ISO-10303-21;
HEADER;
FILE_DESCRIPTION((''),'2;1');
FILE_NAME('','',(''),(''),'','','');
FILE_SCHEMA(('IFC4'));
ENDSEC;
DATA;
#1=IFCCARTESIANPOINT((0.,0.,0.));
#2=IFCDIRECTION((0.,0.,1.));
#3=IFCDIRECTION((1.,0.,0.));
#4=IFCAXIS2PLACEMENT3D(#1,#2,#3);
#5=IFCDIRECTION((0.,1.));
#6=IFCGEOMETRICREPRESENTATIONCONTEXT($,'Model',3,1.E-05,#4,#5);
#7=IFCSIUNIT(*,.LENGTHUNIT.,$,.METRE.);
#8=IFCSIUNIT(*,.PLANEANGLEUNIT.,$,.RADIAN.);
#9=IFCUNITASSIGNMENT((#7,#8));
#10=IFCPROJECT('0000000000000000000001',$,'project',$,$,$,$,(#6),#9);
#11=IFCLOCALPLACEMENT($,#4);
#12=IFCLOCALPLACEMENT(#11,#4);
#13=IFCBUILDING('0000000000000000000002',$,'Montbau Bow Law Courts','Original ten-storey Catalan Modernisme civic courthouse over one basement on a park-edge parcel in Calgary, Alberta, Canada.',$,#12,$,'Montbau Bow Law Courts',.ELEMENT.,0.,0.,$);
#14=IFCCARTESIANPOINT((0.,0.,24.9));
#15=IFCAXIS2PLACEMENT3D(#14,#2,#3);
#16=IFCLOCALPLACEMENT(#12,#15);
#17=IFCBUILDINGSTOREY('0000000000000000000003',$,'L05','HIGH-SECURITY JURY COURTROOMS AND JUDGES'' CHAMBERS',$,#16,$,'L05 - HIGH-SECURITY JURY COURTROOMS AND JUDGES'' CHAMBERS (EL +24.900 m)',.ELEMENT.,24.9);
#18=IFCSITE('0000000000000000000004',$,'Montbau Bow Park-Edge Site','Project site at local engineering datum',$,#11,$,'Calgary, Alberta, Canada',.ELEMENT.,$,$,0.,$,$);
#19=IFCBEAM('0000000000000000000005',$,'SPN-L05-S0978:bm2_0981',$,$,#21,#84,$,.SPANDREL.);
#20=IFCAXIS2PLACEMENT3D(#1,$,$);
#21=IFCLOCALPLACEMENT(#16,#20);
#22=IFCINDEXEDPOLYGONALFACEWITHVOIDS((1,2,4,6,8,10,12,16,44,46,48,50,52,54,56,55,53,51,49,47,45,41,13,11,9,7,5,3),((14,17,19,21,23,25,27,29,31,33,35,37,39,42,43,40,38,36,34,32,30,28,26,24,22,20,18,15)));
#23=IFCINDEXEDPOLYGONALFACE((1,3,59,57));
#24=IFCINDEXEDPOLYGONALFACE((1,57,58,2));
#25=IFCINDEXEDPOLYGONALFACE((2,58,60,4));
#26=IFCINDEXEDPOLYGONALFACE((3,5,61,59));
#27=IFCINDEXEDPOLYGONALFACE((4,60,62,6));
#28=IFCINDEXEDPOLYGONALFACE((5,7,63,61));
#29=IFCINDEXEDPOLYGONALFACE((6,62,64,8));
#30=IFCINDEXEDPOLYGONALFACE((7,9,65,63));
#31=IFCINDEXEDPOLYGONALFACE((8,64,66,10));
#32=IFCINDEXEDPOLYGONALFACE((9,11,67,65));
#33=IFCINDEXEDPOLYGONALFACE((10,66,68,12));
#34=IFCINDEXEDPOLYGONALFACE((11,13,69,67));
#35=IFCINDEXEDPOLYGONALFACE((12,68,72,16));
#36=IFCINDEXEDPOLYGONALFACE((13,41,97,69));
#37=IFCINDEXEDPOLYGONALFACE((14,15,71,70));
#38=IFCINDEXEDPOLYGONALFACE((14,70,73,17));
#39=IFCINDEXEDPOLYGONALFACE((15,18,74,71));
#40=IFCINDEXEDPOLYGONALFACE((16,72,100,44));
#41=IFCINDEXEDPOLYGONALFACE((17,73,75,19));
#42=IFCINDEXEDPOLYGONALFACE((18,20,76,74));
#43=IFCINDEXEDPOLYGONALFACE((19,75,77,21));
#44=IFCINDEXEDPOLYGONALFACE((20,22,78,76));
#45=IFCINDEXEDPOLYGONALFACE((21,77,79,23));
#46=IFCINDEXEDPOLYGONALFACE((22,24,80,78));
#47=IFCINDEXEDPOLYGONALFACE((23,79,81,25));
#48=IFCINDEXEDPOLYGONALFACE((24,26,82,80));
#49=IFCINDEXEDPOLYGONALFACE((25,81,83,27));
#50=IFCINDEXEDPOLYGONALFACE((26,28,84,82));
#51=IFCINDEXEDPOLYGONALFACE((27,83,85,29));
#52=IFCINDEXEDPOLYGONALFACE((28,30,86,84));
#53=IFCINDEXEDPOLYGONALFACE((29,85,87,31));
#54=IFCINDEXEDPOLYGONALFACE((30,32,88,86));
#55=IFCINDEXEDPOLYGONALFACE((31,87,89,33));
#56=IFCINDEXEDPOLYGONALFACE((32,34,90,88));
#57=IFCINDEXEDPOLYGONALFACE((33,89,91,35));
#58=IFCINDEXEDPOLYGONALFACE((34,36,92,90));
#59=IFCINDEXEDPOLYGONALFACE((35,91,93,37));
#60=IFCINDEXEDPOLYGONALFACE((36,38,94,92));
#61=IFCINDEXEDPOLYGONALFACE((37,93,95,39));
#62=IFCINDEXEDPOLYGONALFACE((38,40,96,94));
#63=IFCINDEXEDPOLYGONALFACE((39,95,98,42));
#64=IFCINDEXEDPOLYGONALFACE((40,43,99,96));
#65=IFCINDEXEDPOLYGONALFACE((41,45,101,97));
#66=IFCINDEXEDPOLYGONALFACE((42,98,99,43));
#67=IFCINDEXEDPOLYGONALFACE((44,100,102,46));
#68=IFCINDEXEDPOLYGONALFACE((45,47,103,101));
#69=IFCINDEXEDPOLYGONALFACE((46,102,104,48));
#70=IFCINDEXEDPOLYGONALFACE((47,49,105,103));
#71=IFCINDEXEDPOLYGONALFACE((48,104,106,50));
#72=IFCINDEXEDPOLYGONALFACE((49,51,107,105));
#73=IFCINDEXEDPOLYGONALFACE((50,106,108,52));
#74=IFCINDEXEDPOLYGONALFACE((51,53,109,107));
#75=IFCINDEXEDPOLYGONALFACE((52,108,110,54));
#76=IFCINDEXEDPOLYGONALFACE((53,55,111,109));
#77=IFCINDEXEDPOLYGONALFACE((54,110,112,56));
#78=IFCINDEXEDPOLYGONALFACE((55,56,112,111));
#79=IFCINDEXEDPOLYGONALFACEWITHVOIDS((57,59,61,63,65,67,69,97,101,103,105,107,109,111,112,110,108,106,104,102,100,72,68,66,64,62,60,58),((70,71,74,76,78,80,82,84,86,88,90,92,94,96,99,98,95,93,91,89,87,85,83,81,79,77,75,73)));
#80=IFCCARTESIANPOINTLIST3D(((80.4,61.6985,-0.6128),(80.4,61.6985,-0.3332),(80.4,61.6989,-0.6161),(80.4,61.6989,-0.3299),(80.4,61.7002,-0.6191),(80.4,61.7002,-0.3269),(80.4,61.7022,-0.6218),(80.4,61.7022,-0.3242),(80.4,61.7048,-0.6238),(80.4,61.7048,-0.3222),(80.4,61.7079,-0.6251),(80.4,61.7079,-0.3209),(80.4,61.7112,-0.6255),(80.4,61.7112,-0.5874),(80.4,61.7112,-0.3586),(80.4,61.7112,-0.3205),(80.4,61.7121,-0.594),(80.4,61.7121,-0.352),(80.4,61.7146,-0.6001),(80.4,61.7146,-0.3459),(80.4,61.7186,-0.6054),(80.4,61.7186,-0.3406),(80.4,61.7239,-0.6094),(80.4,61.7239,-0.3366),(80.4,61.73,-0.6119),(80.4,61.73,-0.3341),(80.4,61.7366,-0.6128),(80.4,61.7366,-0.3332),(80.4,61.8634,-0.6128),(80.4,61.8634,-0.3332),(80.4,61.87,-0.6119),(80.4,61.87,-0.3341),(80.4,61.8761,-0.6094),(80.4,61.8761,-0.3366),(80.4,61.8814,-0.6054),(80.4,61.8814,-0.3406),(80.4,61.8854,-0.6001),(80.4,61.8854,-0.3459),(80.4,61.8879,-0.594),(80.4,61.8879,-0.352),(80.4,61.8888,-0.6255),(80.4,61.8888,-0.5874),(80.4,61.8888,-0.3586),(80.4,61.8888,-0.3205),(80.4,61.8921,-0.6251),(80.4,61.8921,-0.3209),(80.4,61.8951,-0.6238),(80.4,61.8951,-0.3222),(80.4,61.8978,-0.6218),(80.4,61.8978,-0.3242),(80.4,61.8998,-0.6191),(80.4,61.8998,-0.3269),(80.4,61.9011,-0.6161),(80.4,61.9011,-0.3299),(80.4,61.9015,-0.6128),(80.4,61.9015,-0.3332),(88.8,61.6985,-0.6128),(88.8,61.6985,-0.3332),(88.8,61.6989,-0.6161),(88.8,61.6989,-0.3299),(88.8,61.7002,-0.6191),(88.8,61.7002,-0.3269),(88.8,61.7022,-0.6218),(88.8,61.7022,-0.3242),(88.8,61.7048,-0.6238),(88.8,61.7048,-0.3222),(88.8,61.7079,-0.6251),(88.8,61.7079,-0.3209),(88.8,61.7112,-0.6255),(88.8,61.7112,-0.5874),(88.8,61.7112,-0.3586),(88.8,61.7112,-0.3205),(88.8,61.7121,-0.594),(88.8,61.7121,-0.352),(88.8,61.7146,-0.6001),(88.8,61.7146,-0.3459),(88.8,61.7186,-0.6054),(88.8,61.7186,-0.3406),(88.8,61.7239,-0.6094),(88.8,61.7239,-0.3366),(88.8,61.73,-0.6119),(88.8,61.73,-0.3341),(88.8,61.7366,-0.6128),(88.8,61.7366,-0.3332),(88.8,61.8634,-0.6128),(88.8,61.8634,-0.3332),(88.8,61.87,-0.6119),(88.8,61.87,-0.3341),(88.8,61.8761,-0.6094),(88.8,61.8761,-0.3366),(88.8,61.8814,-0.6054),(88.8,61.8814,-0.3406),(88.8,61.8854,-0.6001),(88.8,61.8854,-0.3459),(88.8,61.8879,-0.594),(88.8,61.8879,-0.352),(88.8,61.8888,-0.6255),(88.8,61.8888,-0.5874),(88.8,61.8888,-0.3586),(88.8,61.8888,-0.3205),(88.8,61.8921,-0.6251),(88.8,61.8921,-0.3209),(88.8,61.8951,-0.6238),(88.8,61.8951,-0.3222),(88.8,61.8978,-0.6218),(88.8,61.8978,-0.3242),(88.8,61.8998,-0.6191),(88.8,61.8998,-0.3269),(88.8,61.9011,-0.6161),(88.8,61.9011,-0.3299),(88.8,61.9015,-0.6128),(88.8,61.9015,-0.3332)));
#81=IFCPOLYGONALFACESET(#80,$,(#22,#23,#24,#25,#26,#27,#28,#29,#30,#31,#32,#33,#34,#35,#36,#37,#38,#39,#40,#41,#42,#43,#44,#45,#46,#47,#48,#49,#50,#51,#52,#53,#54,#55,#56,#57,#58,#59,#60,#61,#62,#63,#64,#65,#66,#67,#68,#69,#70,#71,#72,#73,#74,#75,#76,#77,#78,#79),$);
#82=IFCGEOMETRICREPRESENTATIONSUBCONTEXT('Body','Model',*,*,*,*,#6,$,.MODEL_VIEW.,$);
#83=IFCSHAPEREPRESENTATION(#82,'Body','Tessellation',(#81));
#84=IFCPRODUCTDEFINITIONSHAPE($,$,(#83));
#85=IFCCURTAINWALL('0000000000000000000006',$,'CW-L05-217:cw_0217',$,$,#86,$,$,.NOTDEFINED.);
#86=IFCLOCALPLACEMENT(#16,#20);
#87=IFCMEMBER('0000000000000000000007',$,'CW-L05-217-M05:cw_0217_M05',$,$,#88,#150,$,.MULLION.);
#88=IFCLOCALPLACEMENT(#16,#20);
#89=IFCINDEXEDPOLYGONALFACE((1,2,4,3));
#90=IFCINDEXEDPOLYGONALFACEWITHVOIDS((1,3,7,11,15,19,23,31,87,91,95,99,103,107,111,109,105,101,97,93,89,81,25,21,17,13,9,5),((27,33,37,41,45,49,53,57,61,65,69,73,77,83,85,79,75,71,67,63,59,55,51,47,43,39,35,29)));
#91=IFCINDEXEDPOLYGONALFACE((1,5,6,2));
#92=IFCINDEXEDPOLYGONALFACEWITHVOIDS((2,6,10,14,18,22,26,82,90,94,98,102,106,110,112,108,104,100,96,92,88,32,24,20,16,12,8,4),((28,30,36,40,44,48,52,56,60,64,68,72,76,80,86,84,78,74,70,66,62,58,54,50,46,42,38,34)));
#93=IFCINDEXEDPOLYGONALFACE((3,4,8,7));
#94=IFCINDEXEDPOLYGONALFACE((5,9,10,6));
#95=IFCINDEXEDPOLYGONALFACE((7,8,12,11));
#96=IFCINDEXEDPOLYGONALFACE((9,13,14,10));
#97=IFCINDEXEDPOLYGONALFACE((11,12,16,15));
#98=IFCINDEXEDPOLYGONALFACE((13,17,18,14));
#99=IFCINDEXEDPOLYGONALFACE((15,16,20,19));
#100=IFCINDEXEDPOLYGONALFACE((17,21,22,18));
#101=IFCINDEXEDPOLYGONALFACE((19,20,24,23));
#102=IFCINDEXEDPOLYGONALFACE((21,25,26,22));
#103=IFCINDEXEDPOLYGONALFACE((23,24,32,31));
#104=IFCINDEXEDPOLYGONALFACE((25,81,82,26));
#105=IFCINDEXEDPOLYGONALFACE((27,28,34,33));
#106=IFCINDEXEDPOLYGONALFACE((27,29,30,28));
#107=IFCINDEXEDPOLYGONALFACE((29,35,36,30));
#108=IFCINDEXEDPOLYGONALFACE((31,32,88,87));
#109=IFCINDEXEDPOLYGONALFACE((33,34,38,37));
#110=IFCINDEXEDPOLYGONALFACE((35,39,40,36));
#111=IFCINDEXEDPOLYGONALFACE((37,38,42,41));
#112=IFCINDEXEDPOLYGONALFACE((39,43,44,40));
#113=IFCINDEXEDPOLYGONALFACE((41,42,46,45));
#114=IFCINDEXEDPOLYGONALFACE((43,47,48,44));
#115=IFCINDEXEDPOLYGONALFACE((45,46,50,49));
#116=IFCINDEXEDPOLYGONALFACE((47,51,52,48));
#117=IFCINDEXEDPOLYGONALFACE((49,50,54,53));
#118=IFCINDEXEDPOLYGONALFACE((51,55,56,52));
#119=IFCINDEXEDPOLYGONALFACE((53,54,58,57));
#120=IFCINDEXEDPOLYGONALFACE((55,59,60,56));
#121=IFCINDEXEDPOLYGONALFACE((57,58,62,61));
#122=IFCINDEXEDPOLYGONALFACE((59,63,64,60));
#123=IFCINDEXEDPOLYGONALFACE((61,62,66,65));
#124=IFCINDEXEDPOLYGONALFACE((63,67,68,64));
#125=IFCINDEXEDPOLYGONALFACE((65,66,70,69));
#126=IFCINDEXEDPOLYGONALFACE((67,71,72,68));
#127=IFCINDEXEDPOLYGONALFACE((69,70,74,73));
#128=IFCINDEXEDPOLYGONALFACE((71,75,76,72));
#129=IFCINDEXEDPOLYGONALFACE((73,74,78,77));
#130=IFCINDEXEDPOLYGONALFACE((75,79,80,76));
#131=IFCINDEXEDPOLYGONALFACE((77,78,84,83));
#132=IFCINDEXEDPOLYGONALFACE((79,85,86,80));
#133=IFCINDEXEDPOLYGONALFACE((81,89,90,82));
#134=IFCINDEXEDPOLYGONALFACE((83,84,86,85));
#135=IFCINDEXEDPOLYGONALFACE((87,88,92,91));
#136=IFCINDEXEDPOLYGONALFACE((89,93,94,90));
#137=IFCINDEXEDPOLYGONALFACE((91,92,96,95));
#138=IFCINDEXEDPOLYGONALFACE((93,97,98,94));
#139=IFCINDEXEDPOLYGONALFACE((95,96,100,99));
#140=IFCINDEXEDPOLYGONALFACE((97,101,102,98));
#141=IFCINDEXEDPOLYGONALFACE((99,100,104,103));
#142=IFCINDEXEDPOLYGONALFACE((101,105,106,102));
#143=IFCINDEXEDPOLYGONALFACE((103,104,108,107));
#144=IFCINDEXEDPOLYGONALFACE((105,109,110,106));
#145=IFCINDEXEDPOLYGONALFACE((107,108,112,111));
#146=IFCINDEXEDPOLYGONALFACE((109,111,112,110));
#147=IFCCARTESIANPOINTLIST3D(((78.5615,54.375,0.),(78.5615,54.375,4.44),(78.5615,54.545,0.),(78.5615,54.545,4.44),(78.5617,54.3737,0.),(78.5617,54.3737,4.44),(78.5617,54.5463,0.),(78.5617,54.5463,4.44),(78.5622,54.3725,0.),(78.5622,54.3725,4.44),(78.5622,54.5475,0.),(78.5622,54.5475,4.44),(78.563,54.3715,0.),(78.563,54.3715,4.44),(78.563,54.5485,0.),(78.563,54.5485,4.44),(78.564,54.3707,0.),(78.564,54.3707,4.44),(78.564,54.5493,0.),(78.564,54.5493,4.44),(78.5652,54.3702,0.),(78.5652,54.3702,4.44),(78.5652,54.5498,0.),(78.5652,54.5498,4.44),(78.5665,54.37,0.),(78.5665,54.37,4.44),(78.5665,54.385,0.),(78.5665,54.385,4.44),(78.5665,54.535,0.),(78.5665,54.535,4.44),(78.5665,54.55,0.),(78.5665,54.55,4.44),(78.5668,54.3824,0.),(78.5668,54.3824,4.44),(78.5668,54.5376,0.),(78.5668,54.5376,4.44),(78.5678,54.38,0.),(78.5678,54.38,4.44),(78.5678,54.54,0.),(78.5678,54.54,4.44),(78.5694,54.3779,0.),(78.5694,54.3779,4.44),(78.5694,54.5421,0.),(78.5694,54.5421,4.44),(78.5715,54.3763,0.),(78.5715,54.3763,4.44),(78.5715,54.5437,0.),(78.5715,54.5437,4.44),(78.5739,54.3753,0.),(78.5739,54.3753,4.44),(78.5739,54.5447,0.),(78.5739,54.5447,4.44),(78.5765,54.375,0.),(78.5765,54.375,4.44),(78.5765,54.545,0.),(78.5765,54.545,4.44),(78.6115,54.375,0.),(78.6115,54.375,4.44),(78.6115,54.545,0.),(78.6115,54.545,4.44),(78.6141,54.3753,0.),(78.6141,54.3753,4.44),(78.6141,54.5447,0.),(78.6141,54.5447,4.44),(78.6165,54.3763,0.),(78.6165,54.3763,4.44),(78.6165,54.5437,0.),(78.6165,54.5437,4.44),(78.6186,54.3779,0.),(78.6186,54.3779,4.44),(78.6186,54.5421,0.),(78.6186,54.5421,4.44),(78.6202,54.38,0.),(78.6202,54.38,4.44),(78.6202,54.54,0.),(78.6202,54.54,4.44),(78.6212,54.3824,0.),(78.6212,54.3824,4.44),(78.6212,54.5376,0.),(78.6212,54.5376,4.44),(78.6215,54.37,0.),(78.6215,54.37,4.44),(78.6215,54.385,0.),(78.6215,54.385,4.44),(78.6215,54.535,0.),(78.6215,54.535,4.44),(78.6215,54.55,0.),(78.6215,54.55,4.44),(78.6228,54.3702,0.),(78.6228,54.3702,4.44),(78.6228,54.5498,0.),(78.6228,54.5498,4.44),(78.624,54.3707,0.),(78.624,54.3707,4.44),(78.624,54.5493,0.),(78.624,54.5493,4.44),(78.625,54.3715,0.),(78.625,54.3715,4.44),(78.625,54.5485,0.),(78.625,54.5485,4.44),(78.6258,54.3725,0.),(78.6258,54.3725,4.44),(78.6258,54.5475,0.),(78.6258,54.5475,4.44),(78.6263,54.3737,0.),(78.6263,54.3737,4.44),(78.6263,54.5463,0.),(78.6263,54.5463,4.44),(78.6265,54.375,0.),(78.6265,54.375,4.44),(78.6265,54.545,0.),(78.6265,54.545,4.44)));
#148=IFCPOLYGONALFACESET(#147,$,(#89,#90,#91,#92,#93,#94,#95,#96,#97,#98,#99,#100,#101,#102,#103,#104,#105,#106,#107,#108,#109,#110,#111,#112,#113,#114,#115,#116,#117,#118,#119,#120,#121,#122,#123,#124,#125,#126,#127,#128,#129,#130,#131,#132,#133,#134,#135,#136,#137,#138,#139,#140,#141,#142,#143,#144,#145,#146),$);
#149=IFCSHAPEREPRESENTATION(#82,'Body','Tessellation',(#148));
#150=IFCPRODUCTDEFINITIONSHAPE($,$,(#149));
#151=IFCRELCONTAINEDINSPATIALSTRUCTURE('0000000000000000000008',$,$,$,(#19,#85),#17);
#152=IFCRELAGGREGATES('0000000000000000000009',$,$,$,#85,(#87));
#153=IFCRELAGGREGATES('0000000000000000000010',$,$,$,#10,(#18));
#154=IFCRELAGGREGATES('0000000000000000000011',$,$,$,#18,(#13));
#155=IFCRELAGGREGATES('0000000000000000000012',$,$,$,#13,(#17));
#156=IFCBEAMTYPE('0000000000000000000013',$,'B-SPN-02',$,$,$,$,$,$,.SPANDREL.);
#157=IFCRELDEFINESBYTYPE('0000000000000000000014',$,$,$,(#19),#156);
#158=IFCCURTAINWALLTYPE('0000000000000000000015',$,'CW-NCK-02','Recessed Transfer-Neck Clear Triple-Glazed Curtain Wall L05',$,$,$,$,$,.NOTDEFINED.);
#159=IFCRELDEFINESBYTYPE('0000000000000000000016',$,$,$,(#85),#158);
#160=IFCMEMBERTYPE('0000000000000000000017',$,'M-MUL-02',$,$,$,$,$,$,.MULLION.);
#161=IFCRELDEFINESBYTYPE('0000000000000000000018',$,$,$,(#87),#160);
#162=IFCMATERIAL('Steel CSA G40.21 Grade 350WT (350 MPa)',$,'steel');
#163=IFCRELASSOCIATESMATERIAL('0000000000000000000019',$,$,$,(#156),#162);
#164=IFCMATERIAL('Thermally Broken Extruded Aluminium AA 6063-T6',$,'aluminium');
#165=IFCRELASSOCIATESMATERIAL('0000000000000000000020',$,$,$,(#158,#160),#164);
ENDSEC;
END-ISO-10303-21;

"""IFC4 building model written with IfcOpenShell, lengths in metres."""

from ifc_helpers import new_model, si_unit, direction, frame, origin_with_axes, origin_2d_with_axis, place, context, subcontext, project, spatial, hollow_rectangle, extrude, material, material_profile, profile_set, type_object, element, aggregate, save


model = new_model("IFC4")

# Units and contexts
model_context = context("Model", 3, precision=1e-05, world=origin_with_axes(), true_north=direction((0.0, 1.0)))
body_context = subcontext(model_context, "Body", "Model", "MODEL_VIEW")
ifc_project = project(units=[si_unit("LENGTHUNIT", "METRE"), si_unit("PLANEANGLEUNIT", "RADIAN")], contexts=[model_context])

# Site, building, storey
site_placement = place(None, origin_with_axes())
site = spatial("IfcSite", under=ifc_project, at=site_placement, Name="Montbau Bow Park-Edge Site", Description="Project site at local engineering datum", LongName="Calgary, Alberta, Canada", CompositionType="ELEMENT", RefElevation=0.0)
building_placement = place(site_placement, origin_with_axes())
building = spatial("IfcBuilding", under=site, at=building_placement, Name="Montbau Bow Law Courts", Description="Original ten-storey Catalan Modernisme civic courthouse over one basement on a park-edge parcel in Calgary, Alberta, Canada.", LongName="Montbau Bow Law Courts", CompositionType="ELEMENT", ElevationOfRefHeight=0.0, ElevationOfTerrain=0.0)
storey_placement = place(building_placement, frame((0.0, 0.0, 24.9), z_axis=(0.0, 0.0, 1.0), x_axis=(1.0, 0.0, 0.0)))
storey = spatial("IfcBuildingStorey", under=building, at=storey_placement, Name="L05", Description="HIGH-SECURITY JURY COURTROOMS AND JUDGES' CHAMBERS", LongName="L05 - HIGH-SECURITY JURY COURTROOMS AND JUDGES' CHAMBERS (EL +24.900 m)", CompositionType="ELEMENT", Elevation=24.9)

# Shared definitions
ifc_material_1 = material(Name="Steel CSA G40.21 Grade 350WT (350 MPa)", Category="steel")

# Beam
ifc_material_profile_1 = material_profile(ifc_material_1, hollow_rectangle(XDim=0.203, YDim=0.305, WallThickness=0.0127, InnerFilletRadius=0.0254, OuterFilletRadius=0.0127, at=origin_2d_with_axis()), Name="HSS305X203X13", Category="Main", Priority=0)
ifc_profile_set_1 = profile_set([ifc_material_profile_1], Name="Steel CSA G40.21 Grade 350WT (350 MPa)")
beam_type_1 = type_object("IfcBeamType", Name="B-SPN-02", PredefinedType="SPANDREL", material=ifc_profile_set_1)
beam_1_placement = place(None, frame((80.4, 61.8, 24.427), z_axis=(1.0, 0.0, 0.0), x_axis=(0.0, 1.0, 0.0)))
element("IfcBeam", 1, at=beam_1_placement, inside=storey, type_object=beam_type_1, Name="SPN-L05-S0978:bm2_0981", PredefinedType="SPANDREL", context=body_context, shape_type="SweptSolid", body=[
    extrude(hollow_rectangle(XDim=0.203, YDim=0.305, WallThickness=0.0127, InnerFilletRadius=0.0254, OuterFilletRadius=0.0127, at=origin_2d_with_axis()), origin_with_axes(), (0.0, 0.0, 1.0), 8.4),
])

# Curtain wall, member
ifc_material_2 = material(Name="Thermally Broken Extruded Aluminium AA 6063-T6", Category="aluminium")
curtain_wall_type = type_object("IfcCurtainWallType", Name="CW-NCK-02", Description="Recessed Transfer-Neck Clear Triple-Glazed Curtain Wall L05", PredefinedType="NOTDEFINED", material=ifc_material_2)
curtain_wall_1_placement = place(None, frame((72.44, 54.46, 24.9), z_axis=(0.0, 0.0, 1.0), x_axis=(1.0, 0.0, 0.0)))
curtain_wall_1 = element("IfcCurtainWall", 2, at=curtain_wall_1_placement, inside=storey, type_object=curtain_wall_type, Name="CW-L05-217:cw_0217", PredefinedType="NOTDEFINED")
ifc_material_profile_2 = material_profile(ifc_material_2, hollow_rectangle(XDim=0.065, YDim=0.18, WallThickness=0.005, InnerFilletRadius=0.01, OuterFilletRadius=0.005, at=origin_2d_with_axis()), Name="CWM-180X65", Category="Main", Priority=0)
ifc_profile_set_2 = profile_set([ifc_material_profile_2], Name="Thermally Broken Extruded Aluminium AA 6063-T6")
member_type_1 = type_object("IfcMemberType", Name="M-MUL-02", PredefinedType="MULLION", material=ifc_profile_set_2)
member_1_placement = place(None, frame((78.594, 54.46, 24.9), z_axis=(0.0, 0.0, 1.0), x_axis=(1.0, 0.0, 0.0)))
member_1 = element("IfcMember", 3, at=member_1_placement, type_object=member_type_1, Name="CW-L05-217-M05:cw_0217_M05", PredefinedType="MULLION", context=body_context, shape_type="SweptSolid", body=[
    extrude(hollow_rectangle(XDim=0.065, YDim=0.18, WallThickness=0.005, InnerFilletRadius=0.01, OuterFilletRadius=0.005, at=origin_2d_with_axis()), origin_with_axes(), (0.0, 0.0, 1.0), 4.44),
])

aggregate(curtain_wall_1, [member_1])

save(model, "model.ifc")
